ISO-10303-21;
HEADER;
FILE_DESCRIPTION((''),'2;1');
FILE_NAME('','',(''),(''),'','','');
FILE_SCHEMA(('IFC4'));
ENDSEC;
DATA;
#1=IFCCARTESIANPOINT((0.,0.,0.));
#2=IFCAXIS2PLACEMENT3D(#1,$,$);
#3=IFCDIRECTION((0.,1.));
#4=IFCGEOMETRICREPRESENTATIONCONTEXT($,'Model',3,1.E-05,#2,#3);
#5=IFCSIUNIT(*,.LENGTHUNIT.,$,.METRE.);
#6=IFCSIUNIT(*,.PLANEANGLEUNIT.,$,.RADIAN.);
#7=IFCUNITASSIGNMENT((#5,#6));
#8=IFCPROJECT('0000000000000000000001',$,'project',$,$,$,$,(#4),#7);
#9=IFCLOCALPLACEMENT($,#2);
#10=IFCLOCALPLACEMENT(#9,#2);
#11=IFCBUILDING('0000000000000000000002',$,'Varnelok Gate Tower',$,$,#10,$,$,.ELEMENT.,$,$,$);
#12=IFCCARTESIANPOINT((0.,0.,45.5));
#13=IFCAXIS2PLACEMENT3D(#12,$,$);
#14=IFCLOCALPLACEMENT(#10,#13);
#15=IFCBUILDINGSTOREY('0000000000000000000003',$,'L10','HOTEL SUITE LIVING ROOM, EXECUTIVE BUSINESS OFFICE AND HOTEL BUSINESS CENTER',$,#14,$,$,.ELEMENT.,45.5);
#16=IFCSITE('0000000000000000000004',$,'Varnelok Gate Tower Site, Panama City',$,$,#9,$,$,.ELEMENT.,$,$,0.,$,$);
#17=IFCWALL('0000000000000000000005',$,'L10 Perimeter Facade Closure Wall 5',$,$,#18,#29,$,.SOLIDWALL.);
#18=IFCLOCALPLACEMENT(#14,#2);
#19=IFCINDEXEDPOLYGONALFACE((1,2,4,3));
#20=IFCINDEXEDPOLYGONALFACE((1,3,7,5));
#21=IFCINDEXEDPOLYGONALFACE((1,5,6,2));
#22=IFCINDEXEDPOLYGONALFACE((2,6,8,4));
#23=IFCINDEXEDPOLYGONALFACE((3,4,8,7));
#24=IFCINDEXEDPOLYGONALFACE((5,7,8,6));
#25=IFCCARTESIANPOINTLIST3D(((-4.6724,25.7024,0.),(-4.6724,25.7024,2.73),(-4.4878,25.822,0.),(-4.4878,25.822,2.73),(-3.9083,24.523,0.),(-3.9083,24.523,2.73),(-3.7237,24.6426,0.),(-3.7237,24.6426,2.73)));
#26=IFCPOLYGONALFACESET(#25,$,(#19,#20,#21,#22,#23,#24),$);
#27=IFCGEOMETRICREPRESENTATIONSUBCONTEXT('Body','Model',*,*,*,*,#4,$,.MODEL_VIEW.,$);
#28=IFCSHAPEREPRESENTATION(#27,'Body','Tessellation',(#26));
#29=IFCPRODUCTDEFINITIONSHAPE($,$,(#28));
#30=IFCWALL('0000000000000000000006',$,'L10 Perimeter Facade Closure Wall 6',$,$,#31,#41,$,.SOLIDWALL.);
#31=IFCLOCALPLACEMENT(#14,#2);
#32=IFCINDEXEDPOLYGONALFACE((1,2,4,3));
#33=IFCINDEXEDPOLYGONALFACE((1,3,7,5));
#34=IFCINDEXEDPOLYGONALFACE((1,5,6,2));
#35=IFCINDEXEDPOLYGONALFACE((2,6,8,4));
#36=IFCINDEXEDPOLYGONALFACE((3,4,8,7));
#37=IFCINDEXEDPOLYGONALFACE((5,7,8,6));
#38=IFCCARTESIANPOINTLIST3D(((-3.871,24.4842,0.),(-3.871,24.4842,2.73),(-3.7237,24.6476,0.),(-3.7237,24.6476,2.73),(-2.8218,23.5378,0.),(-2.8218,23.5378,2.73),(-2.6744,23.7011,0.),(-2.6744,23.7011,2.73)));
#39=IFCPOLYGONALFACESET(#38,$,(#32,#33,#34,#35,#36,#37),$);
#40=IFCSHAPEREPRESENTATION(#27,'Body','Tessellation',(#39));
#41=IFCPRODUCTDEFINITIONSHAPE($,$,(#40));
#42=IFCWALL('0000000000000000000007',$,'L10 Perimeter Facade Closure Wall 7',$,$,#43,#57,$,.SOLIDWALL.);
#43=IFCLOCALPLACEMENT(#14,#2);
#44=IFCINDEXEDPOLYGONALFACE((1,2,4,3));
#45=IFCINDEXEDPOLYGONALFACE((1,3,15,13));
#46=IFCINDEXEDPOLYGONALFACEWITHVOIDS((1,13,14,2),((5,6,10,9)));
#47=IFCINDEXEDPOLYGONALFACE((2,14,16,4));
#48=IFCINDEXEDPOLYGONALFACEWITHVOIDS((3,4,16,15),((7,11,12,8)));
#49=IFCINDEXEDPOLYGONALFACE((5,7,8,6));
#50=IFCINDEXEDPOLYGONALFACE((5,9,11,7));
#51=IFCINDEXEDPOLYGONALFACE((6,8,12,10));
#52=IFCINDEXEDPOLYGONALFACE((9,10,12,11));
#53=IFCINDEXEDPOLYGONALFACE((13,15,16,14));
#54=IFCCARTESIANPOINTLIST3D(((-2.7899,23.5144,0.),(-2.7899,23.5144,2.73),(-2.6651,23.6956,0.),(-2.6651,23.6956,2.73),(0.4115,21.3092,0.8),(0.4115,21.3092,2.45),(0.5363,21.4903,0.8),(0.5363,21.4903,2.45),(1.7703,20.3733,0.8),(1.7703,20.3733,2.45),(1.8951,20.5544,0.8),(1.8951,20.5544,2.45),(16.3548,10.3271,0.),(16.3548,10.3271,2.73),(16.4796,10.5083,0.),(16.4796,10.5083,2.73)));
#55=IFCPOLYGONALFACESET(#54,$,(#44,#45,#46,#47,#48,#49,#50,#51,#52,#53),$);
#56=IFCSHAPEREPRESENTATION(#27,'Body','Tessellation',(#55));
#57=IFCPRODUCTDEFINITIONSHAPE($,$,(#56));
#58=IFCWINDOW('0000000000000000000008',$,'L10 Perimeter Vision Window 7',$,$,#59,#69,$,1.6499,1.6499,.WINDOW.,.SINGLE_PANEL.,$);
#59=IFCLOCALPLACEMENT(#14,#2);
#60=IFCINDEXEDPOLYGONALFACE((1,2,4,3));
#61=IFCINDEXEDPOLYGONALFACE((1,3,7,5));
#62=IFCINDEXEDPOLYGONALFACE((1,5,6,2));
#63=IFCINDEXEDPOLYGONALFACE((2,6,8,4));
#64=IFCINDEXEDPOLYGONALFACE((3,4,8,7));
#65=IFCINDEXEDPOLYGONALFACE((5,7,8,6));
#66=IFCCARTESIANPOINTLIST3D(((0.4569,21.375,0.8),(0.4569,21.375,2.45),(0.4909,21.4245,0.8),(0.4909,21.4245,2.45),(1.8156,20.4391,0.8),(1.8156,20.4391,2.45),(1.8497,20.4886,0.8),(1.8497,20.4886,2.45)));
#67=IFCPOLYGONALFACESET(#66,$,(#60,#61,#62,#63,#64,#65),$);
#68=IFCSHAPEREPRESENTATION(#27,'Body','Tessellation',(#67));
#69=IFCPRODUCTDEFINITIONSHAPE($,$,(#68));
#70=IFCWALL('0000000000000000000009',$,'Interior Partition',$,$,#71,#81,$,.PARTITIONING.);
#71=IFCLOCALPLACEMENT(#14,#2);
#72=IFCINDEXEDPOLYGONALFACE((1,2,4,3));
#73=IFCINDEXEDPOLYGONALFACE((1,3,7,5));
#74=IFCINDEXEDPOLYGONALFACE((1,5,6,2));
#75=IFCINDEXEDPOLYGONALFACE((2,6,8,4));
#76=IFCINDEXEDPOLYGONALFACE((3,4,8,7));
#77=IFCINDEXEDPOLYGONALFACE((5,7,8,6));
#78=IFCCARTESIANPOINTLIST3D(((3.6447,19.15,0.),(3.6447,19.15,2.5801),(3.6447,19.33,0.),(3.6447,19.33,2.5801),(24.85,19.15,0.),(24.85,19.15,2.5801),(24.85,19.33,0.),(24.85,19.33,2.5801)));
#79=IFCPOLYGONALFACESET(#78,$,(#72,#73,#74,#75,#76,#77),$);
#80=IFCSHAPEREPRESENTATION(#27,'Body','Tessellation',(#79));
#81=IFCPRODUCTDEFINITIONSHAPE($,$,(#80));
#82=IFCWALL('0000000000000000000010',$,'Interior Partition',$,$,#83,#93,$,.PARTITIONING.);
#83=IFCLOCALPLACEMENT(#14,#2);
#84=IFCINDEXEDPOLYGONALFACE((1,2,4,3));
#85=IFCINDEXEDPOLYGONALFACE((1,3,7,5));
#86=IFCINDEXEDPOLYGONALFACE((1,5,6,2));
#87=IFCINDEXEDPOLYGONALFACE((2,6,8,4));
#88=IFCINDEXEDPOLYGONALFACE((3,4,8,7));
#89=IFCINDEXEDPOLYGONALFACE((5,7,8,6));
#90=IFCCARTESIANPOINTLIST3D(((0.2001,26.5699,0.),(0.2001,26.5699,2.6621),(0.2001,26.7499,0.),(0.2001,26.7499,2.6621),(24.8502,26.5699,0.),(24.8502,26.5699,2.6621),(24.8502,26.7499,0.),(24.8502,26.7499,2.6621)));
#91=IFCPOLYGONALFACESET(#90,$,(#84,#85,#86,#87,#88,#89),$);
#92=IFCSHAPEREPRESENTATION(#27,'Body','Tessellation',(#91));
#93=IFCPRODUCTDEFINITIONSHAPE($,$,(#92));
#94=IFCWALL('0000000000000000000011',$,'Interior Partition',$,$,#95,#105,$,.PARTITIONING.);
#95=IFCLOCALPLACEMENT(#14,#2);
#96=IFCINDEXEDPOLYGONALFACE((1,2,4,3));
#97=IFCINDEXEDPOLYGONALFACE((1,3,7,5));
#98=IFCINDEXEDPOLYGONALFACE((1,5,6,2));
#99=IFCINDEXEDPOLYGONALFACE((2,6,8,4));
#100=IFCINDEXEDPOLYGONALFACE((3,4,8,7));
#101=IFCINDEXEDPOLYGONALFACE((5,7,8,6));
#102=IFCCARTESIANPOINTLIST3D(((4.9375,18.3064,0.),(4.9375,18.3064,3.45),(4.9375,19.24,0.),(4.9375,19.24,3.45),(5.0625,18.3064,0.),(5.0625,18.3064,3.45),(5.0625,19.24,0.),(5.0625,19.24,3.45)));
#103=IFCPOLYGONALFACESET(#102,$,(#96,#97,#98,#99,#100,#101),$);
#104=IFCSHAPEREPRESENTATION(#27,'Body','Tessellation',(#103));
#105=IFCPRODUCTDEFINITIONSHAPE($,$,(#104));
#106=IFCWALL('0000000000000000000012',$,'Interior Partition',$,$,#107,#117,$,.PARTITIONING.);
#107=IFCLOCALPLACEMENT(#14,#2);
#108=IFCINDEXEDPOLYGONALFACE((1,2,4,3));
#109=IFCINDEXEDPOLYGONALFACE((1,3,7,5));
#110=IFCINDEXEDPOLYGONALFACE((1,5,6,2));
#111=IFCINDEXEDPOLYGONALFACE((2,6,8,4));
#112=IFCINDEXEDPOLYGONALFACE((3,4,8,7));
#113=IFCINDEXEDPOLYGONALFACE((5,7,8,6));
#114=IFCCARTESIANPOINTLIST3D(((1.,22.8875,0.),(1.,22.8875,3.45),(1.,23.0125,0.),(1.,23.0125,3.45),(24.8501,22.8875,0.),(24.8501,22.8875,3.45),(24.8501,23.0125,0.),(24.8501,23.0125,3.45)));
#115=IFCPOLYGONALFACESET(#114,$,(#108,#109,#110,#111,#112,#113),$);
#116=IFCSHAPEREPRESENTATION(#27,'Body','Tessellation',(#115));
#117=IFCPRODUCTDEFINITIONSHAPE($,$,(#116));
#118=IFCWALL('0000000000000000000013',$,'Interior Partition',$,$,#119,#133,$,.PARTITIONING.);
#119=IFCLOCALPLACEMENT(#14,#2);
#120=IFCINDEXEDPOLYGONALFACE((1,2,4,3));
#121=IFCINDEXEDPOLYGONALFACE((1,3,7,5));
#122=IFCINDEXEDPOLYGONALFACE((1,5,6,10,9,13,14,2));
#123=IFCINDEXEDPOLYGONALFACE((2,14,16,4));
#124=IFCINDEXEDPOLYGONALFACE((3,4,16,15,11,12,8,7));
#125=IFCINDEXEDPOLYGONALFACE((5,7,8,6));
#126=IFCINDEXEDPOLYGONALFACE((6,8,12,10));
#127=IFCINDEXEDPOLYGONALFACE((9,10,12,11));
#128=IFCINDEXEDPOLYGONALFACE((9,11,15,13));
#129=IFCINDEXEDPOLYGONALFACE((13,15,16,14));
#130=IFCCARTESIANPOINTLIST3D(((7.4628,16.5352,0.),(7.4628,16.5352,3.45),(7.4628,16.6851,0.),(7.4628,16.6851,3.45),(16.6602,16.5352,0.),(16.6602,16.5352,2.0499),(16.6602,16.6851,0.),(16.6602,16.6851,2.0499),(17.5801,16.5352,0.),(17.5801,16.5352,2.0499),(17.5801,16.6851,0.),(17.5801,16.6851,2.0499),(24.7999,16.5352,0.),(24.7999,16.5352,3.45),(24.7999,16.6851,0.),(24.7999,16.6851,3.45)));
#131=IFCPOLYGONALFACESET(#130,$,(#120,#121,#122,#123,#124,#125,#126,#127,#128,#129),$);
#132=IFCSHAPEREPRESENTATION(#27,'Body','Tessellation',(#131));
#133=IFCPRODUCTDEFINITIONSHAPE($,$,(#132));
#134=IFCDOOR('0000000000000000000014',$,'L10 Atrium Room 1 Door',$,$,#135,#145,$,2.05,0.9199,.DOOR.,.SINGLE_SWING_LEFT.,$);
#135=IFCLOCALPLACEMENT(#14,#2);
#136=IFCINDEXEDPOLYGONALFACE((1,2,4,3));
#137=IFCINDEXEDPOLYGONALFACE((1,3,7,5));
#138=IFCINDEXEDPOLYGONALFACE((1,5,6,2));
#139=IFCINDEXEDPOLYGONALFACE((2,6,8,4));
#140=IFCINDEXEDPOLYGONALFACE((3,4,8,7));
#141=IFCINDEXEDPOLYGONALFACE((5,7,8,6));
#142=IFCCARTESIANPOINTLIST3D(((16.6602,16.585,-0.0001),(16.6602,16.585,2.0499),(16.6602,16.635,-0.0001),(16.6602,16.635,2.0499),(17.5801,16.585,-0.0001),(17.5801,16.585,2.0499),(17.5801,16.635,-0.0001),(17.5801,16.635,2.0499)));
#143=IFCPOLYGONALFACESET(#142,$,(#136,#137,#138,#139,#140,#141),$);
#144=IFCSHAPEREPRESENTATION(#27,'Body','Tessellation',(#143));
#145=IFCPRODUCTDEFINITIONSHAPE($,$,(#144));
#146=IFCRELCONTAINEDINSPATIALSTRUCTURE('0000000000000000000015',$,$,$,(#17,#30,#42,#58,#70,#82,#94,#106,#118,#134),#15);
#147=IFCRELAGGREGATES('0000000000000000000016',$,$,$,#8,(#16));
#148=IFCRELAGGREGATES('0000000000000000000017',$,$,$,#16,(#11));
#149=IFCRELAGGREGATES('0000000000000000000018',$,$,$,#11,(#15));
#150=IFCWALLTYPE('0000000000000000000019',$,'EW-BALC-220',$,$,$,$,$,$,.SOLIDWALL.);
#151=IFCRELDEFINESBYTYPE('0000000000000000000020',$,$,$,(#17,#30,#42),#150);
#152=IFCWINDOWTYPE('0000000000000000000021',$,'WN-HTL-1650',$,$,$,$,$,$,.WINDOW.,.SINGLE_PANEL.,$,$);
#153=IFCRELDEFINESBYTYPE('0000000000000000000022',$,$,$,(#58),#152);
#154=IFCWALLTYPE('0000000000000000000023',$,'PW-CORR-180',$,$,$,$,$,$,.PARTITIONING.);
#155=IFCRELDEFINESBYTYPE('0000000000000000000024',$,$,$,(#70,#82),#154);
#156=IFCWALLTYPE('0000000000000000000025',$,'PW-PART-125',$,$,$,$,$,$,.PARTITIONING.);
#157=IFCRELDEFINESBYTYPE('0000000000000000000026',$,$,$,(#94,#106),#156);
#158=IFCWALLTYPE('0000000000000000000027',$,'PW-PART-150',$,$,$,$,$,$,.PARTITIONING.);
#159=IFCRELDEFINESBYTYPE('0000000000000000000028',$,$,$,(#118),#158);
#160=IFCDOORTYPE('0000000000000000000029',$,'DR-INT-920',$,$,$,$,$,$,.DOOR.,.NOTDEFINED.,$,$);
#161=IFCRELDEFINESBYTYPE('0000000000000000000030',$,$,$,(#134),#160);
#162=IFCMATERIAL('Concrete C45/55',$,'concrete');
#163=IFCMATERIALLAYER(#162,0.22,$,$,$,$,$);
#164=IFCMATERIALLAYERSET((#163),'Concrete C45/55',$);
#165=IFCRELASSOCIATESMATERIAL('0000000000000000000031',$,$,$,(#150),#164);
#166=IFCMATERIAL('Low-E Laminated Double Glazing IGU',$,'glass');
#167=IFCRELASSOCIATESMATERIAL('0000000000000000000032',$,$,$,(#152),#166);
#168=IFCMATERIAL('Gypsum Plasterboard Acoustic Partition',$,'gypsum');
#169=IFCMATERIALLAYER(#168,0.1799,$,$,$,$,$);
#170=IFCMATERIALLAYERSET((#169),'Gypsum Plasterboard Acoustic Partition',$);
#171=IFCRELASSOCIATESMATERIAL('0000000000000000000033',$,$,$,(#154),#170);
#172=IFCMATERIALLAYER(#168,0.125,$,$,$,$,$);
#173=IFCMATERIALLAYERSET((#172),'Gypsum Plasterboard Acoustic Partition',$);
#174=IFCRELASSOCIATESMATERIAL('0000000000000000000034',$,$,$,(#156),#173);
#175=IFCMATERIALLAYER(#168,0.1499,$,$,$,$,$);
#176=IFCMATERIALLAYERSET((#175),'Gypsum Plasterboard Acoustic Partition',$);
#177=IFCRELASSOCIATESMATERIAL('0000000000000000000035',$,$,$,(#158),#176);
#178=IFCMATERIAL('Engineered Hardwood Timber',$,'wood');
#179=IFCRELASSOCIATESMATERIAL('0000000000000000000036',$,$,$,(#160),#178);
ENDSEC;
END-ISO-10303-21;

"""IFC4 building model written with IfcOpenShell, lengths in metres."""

from ifc_helpers import new_model, si_unit, direction, frame, frame_2d, origin, place, context, subcontext, project, spatial, rectangle, extrude, material, layer, layer_set, type_object, element, fill, save


model = new_model("IFC4")

# Units and contexts
model_context = context("Model", 3, precision=1e-05, world=origin(), true_north=direction((0.0, 1.0)))
body_context = subcontext(model_context, "Body", "Model", "MODEL_VIEW")
ifc_project = project(units=[si_unit("LENGTHUNIT", "METRE"), si_unit("PLANEANGLEUNIT", "RADIAN")], contexts=[model_context])

# Site, building, storey
site_placement = place(None, origin())
site = spatial("IfcSite", under=ifc_project, at=site_placement, Name="Varnelok Gate Tower Site, Panama City", CompositionType="ELEMENT", RefElevation=0.0)
building_placement = place(site_placement, origin())
building = spatial("IfcBuilding", under=site, at=building_placement, Name="Varnelok Gate Tower", CompositionType="ELEMENT")
storey_placement = place(building_placement, frame((0.0, 0.0, 45.5)))
storey = spatial("IfcBuildingStorey", under=building, at=storey_placement, Name="L10", Description="HOTEL SUITE LIVING ROOM, EXECUTIVE BUSINESS OFFICE AND HOTEL BUSINESS CENTER", CompositionType="ELEMENT", Elevation=45.5)

# Shared definitions
ifc_material_1 = material(Name="Concrete C45/55", Category="concrete")

# Shared definitions
ifc_material_2 = material(Name="Low-E Laminated Double Glazing IGU", Category="glass")

# Walls
ifc_layer_1 = layer(ifc_material_1, 0.22)
ifc_layer_set_1 = layer_set([ifc_layer_1], Name="Concrete C45/55")
wall_type_1 = type_object("IfcWallType", Name="EW-BALC-220", PredefinedType="SOLIDWALL", material=ifc_layer_set_1)
for number, where, z_axis, x_axis, name in (
    (1, (-4.5801, 25.7622, 0.0), (0.0, 0.0, 1.0), (0.543748, -0.839248, 0.0), "L10 Perimeter Facade Closure Wall 5"),
):
    element("IfcWall", number, at=place(storey_placement, frame(where, z_axis=z_axis, x_axis=x_axis)), inside=storey, type_object=wall_type_1, Name=name, PredefinedType="SOLIDWALL", context=body_context, shape_type="SweptSolid", body=[
        extrude(rectangle(XDim=1.4053, YDim=0.22, at=frame_2d((0.7026, 0.0))), origin(), (0.0, 0.0, 1.0), 2.73),
    ])
wall_1_placement = place(storey_placement, frame((-3.7974, 24.5659, 0.0), z_axis=(0.0, 0.0, 1.0), x_axis=(0.742538, -0.669804, 0.0)))
element("IfcWall", 2, at=wall_1_placement, inside=storey, type_object=wall_type_1, Name="L10 Perimeter Facade Closure Wall 6", PredefinedType="SOLIDWALL", context=body_context, shape_type="SweptSolid", body=[
    extrude(rectangle(XDim=1.4131, YDim=0.22, at=frame_2d((0.7065, 0.0))), origin(), (0.0, 0.0, 1.0), 2.73),
])

# Wall, opening, window
wall_2_placement = place(storey_placement, frame((-2.7275, 23.605, 0.0), z_axis=(0.0, 0.0, 1.0), x_axis=(0.823535, -0.567265, 0.0)))
wall_2 = element("IfcWall", 3, at=wall_2_placement, inside=storey, type_object=wall_type_1, Name="L10 Perimeter Facade Closure Wall 7", PredefinedType="SOLIDWALL", context=body_context, shape_type="SweptSolid", body=[
    extrude(rectangle(XDim=23.2471, YDim=0.22, at=frame_2d((11.6235, 0.0))), origin(), (0.0, 0.0, 1.0), 2.73),
])
opening_1_placement = place(wall_2_placement, frame((3.8875, 0.0, 0.8)))
opening_1 = element("IfcOpeningElement", 4, at=opening_1_placement, cuts=wall_2, PredefinedType="OPENING", context=body_context, shape_type="SweptSolid", body=[
    extrude(rectangle(XDim=1.6499, YDim=1.6499, at=frame_2d((0.825, 0.825))), frame((0.0, 0.1199, 0.0), z_axis=(0.0, -1.0, 0.0), x_axis=(1.0, 0.0, 0.0)), (0.0, 0.0, 1.0), 0.24),
])
window_type = type_object("IfcWindowType", Name="WN-HTL-1650", PartitioningType="SINGLE_PANEL", PredefinedType="WINDOW", material=ifc_material_2)
window_placement = place(opening_1_placement, origin())
window = element("IfcWindow", 5, at=window_placement, inside=storey, type_object=window_type, Name="L10 Perimeter Vision Window 7", OverallHeight=1.6499, OverallWidth=1.6499, PartitioningType="SINGLE_PANEL", PredefinedType="WINDOW", context=body_context, shape_type="SweptSolid", body=[
    extrude(rectangle(XDim=1.6499, YDim=1.6499, at=frame_2d((0.825, 0.825))), frame((0.0, 0.03, 0.0), z_axis=(0.0, -1.0, 0.0), x_axis=(1.0, 0.0, 0.0)), (0.0, 0.0, 1.0), 0.0601),
])
fill(opening_1, window)

# Walls
ifc_material_3 = material(Name="Gypsum Plasterboard Acoustic Partition", Category="gypsum")
ifc_layer_2 = layer(ifc_material_3, 0.1799)
ifc_layer_set_2 = layer_set([ifc_layer_2], Name="Gypsum Plasterboard Acoustic Partition")
wall_type_2 = type_object("IfcWallType", Name="PW-CORR-180", PredefinedType="PARTITIONING", material=ifc_layer_set_2)
wall_3_placement = place(storey_placement, frame((3.6448, 19.24, 0.0), z_axis=(0.0, 0.0, 1.0), x_axis=(1.0, 0.0, 0.0)))
element("IfcWall", 6, at=wall_3_placement, inside=storey, type_object=wall_type_2, Name="Interior Partition", PredefinedType="PARTITIONING", context=body_context, shape_type="SweptSolid", body=[
    extrude(rectangle(XDim=21.2053, YDim=0.1799, at=frame_2d((10.6025, 0.0))), origin(), (0.0, 0.0, 1.0), 2.5801),
])
wall_4_placement = place(storey_placement, frame((0.2, 26.6599, 0.0), z_axis=(0.0, 0.0, 1.0), x_axis=(1.0, 0.0, 0.0)))
element("IfcWall", 7, at=wall_4_placement, inside=storey, type_object=wall_type_2, Name="Interior Partition", PredefinedType="PARTITIONING", context=body_context, shape_type="SweptSolid", body=[
    extrude(rectangle(XDim=24.6501, YDim=0.1799, at=frame_2d((12.3252, 0.0))), origin(), (0.0, 0.0, 1.0), 2.6621),
])
ifc_layer_3 = layer(ifc_material_3, 0.125)
ifc_layer_set_3 = layer_set([ifc_layer_3], Name="Gypsum Plasterboard Acoustic Partition")
wall_type_3 = type_object("IfcWallType", Name="PW-PART-125", PredefinedType="PARTITIONING", material=ifc_layer_set_3)
wall_5_placement = place(storey_placement, frame((5.0, 18.3064, 0.0), z_axis=(0.0, 0.0, 1.0), x_axis=(0.0, 1.0, 0.0)))
element("IfcWall", 8, at=wall_5_placement, inside=storey, type_object=wall_type_3, Name="Interior Partition", PredefinedType="PARTITIONING", context=body_context, shape_type="SweptSolid", body=[
    extrude(rectangle(XDim=0.9336, YDim=0.125, at=frame_2d((0.4668, 0.0))), origin(), (0.0, 0.0, 1.0), 3.45),
])
wall_6_placement = place(storey_placement, frame((1.0, 22.95, 0.0), z_axis=(0.0, 0.0, 1.0), x_axis=(1.0, 0.0, 0.0)))
element("IfcWall", 9, at=wall_6_placement, inside=storey, type_object=wall_type_3, Name="Interior Partition", PredefinedType="PARTITIONING", context=body_context, shape_type="SweptSolid", body=[
    extrude(rectangle(XDim=23.8501, YDim=0.125, at=frame_2d((11.925, 0.0))), origin(), (0.0, 0.0, 1.0), 3.45),
])

# Wall, opening, door
ifc_layer_4 = layer(ifc_material_3, 0.1499)
ifc_layer_set_4 = layer_set([ifc_layer_4], Name="Gypsum Plasterboard Acoustic Partition")
wall_type_4 = type_object("IfcWallType", Name="PW-PART-150", PredefinedType="PARTITIONING", material=ifc_layer_set_4)
wall_7_placement = place(storey_placement, frame((7.4629, 16.6101, 0.0), z_axis=(0.0, 0.0, 1.0), x_axis=(1.0, 0.0, 0.0)))
wall_7 = element("IfcWall", 10, at=wall_7_placement, inside=storey, type_object=wall_type_4, Name="Interior Partition", PredefinedType="PARTITIONING", context=body_context, shape_type="SweptSolid", body=[
    extrude(rectangle(XDim=17.3372, YDim=0.1499, at=frame_2d((8.6685, 0.0))), origin(), (0.0, 0.0, 1.0), 3.45),
])
opening_2_placement = place(wall_7_placement, frame((9.1973, 0.0, 0.0)))
opening_2 = element("IfcOpeningElement", 11, at=opening_2_placement, cuts=wall_7, PredefinedType="OPENING", context=body_context, shape_type="SweptSolid", body=[
    extrude(rectangle(XDim=0.9199, YDim=2.05, at=frame_2d((0.46, 1.0249))), frame((0.0, 0.085, 0.0), z_axis=(0.0, -1.0, 0.0), x_axis=(1.0, 0.0, 0.0)), (0.0, 0.0, 1.0), 0.1699),
])
ifc_material_4 = material(Name="Engineered Hardwood Timber", Category="wood")
door_type = type_object("IfcDoorType", Name="DR-INT-920", OperationType="NOTDEFINED", PredefinedType="DOOR", material=ifc_material_4)
door_placement = place(opening_2_placement, origin())
door = element("IfcDoor", 12, at=door_placement, inside=storey, type_object=door_type, Name="L10 Atrium Room 1 Door", OperationType="SINGLE_SWING_LEFT", OverallHeight=2.05, OverallWidth=0.9199, PredefinedType="DOOR", context=body_context, shape_type="SweptSolid", body=[
    extrude(rectangle(XDim=0.9199, YDim=2.05, at=frame_2d((0.46, 1.0249))), frame((0.0, 0.0249, 0.0), z_axis=(0.0, -1.0, 0.0), x_axis=(1.0, 0.0, 0.0)), (0.0, 0.0, 1.0), 0.05),
])
fill(opening_2, door)

save(model, "model.ifc")
